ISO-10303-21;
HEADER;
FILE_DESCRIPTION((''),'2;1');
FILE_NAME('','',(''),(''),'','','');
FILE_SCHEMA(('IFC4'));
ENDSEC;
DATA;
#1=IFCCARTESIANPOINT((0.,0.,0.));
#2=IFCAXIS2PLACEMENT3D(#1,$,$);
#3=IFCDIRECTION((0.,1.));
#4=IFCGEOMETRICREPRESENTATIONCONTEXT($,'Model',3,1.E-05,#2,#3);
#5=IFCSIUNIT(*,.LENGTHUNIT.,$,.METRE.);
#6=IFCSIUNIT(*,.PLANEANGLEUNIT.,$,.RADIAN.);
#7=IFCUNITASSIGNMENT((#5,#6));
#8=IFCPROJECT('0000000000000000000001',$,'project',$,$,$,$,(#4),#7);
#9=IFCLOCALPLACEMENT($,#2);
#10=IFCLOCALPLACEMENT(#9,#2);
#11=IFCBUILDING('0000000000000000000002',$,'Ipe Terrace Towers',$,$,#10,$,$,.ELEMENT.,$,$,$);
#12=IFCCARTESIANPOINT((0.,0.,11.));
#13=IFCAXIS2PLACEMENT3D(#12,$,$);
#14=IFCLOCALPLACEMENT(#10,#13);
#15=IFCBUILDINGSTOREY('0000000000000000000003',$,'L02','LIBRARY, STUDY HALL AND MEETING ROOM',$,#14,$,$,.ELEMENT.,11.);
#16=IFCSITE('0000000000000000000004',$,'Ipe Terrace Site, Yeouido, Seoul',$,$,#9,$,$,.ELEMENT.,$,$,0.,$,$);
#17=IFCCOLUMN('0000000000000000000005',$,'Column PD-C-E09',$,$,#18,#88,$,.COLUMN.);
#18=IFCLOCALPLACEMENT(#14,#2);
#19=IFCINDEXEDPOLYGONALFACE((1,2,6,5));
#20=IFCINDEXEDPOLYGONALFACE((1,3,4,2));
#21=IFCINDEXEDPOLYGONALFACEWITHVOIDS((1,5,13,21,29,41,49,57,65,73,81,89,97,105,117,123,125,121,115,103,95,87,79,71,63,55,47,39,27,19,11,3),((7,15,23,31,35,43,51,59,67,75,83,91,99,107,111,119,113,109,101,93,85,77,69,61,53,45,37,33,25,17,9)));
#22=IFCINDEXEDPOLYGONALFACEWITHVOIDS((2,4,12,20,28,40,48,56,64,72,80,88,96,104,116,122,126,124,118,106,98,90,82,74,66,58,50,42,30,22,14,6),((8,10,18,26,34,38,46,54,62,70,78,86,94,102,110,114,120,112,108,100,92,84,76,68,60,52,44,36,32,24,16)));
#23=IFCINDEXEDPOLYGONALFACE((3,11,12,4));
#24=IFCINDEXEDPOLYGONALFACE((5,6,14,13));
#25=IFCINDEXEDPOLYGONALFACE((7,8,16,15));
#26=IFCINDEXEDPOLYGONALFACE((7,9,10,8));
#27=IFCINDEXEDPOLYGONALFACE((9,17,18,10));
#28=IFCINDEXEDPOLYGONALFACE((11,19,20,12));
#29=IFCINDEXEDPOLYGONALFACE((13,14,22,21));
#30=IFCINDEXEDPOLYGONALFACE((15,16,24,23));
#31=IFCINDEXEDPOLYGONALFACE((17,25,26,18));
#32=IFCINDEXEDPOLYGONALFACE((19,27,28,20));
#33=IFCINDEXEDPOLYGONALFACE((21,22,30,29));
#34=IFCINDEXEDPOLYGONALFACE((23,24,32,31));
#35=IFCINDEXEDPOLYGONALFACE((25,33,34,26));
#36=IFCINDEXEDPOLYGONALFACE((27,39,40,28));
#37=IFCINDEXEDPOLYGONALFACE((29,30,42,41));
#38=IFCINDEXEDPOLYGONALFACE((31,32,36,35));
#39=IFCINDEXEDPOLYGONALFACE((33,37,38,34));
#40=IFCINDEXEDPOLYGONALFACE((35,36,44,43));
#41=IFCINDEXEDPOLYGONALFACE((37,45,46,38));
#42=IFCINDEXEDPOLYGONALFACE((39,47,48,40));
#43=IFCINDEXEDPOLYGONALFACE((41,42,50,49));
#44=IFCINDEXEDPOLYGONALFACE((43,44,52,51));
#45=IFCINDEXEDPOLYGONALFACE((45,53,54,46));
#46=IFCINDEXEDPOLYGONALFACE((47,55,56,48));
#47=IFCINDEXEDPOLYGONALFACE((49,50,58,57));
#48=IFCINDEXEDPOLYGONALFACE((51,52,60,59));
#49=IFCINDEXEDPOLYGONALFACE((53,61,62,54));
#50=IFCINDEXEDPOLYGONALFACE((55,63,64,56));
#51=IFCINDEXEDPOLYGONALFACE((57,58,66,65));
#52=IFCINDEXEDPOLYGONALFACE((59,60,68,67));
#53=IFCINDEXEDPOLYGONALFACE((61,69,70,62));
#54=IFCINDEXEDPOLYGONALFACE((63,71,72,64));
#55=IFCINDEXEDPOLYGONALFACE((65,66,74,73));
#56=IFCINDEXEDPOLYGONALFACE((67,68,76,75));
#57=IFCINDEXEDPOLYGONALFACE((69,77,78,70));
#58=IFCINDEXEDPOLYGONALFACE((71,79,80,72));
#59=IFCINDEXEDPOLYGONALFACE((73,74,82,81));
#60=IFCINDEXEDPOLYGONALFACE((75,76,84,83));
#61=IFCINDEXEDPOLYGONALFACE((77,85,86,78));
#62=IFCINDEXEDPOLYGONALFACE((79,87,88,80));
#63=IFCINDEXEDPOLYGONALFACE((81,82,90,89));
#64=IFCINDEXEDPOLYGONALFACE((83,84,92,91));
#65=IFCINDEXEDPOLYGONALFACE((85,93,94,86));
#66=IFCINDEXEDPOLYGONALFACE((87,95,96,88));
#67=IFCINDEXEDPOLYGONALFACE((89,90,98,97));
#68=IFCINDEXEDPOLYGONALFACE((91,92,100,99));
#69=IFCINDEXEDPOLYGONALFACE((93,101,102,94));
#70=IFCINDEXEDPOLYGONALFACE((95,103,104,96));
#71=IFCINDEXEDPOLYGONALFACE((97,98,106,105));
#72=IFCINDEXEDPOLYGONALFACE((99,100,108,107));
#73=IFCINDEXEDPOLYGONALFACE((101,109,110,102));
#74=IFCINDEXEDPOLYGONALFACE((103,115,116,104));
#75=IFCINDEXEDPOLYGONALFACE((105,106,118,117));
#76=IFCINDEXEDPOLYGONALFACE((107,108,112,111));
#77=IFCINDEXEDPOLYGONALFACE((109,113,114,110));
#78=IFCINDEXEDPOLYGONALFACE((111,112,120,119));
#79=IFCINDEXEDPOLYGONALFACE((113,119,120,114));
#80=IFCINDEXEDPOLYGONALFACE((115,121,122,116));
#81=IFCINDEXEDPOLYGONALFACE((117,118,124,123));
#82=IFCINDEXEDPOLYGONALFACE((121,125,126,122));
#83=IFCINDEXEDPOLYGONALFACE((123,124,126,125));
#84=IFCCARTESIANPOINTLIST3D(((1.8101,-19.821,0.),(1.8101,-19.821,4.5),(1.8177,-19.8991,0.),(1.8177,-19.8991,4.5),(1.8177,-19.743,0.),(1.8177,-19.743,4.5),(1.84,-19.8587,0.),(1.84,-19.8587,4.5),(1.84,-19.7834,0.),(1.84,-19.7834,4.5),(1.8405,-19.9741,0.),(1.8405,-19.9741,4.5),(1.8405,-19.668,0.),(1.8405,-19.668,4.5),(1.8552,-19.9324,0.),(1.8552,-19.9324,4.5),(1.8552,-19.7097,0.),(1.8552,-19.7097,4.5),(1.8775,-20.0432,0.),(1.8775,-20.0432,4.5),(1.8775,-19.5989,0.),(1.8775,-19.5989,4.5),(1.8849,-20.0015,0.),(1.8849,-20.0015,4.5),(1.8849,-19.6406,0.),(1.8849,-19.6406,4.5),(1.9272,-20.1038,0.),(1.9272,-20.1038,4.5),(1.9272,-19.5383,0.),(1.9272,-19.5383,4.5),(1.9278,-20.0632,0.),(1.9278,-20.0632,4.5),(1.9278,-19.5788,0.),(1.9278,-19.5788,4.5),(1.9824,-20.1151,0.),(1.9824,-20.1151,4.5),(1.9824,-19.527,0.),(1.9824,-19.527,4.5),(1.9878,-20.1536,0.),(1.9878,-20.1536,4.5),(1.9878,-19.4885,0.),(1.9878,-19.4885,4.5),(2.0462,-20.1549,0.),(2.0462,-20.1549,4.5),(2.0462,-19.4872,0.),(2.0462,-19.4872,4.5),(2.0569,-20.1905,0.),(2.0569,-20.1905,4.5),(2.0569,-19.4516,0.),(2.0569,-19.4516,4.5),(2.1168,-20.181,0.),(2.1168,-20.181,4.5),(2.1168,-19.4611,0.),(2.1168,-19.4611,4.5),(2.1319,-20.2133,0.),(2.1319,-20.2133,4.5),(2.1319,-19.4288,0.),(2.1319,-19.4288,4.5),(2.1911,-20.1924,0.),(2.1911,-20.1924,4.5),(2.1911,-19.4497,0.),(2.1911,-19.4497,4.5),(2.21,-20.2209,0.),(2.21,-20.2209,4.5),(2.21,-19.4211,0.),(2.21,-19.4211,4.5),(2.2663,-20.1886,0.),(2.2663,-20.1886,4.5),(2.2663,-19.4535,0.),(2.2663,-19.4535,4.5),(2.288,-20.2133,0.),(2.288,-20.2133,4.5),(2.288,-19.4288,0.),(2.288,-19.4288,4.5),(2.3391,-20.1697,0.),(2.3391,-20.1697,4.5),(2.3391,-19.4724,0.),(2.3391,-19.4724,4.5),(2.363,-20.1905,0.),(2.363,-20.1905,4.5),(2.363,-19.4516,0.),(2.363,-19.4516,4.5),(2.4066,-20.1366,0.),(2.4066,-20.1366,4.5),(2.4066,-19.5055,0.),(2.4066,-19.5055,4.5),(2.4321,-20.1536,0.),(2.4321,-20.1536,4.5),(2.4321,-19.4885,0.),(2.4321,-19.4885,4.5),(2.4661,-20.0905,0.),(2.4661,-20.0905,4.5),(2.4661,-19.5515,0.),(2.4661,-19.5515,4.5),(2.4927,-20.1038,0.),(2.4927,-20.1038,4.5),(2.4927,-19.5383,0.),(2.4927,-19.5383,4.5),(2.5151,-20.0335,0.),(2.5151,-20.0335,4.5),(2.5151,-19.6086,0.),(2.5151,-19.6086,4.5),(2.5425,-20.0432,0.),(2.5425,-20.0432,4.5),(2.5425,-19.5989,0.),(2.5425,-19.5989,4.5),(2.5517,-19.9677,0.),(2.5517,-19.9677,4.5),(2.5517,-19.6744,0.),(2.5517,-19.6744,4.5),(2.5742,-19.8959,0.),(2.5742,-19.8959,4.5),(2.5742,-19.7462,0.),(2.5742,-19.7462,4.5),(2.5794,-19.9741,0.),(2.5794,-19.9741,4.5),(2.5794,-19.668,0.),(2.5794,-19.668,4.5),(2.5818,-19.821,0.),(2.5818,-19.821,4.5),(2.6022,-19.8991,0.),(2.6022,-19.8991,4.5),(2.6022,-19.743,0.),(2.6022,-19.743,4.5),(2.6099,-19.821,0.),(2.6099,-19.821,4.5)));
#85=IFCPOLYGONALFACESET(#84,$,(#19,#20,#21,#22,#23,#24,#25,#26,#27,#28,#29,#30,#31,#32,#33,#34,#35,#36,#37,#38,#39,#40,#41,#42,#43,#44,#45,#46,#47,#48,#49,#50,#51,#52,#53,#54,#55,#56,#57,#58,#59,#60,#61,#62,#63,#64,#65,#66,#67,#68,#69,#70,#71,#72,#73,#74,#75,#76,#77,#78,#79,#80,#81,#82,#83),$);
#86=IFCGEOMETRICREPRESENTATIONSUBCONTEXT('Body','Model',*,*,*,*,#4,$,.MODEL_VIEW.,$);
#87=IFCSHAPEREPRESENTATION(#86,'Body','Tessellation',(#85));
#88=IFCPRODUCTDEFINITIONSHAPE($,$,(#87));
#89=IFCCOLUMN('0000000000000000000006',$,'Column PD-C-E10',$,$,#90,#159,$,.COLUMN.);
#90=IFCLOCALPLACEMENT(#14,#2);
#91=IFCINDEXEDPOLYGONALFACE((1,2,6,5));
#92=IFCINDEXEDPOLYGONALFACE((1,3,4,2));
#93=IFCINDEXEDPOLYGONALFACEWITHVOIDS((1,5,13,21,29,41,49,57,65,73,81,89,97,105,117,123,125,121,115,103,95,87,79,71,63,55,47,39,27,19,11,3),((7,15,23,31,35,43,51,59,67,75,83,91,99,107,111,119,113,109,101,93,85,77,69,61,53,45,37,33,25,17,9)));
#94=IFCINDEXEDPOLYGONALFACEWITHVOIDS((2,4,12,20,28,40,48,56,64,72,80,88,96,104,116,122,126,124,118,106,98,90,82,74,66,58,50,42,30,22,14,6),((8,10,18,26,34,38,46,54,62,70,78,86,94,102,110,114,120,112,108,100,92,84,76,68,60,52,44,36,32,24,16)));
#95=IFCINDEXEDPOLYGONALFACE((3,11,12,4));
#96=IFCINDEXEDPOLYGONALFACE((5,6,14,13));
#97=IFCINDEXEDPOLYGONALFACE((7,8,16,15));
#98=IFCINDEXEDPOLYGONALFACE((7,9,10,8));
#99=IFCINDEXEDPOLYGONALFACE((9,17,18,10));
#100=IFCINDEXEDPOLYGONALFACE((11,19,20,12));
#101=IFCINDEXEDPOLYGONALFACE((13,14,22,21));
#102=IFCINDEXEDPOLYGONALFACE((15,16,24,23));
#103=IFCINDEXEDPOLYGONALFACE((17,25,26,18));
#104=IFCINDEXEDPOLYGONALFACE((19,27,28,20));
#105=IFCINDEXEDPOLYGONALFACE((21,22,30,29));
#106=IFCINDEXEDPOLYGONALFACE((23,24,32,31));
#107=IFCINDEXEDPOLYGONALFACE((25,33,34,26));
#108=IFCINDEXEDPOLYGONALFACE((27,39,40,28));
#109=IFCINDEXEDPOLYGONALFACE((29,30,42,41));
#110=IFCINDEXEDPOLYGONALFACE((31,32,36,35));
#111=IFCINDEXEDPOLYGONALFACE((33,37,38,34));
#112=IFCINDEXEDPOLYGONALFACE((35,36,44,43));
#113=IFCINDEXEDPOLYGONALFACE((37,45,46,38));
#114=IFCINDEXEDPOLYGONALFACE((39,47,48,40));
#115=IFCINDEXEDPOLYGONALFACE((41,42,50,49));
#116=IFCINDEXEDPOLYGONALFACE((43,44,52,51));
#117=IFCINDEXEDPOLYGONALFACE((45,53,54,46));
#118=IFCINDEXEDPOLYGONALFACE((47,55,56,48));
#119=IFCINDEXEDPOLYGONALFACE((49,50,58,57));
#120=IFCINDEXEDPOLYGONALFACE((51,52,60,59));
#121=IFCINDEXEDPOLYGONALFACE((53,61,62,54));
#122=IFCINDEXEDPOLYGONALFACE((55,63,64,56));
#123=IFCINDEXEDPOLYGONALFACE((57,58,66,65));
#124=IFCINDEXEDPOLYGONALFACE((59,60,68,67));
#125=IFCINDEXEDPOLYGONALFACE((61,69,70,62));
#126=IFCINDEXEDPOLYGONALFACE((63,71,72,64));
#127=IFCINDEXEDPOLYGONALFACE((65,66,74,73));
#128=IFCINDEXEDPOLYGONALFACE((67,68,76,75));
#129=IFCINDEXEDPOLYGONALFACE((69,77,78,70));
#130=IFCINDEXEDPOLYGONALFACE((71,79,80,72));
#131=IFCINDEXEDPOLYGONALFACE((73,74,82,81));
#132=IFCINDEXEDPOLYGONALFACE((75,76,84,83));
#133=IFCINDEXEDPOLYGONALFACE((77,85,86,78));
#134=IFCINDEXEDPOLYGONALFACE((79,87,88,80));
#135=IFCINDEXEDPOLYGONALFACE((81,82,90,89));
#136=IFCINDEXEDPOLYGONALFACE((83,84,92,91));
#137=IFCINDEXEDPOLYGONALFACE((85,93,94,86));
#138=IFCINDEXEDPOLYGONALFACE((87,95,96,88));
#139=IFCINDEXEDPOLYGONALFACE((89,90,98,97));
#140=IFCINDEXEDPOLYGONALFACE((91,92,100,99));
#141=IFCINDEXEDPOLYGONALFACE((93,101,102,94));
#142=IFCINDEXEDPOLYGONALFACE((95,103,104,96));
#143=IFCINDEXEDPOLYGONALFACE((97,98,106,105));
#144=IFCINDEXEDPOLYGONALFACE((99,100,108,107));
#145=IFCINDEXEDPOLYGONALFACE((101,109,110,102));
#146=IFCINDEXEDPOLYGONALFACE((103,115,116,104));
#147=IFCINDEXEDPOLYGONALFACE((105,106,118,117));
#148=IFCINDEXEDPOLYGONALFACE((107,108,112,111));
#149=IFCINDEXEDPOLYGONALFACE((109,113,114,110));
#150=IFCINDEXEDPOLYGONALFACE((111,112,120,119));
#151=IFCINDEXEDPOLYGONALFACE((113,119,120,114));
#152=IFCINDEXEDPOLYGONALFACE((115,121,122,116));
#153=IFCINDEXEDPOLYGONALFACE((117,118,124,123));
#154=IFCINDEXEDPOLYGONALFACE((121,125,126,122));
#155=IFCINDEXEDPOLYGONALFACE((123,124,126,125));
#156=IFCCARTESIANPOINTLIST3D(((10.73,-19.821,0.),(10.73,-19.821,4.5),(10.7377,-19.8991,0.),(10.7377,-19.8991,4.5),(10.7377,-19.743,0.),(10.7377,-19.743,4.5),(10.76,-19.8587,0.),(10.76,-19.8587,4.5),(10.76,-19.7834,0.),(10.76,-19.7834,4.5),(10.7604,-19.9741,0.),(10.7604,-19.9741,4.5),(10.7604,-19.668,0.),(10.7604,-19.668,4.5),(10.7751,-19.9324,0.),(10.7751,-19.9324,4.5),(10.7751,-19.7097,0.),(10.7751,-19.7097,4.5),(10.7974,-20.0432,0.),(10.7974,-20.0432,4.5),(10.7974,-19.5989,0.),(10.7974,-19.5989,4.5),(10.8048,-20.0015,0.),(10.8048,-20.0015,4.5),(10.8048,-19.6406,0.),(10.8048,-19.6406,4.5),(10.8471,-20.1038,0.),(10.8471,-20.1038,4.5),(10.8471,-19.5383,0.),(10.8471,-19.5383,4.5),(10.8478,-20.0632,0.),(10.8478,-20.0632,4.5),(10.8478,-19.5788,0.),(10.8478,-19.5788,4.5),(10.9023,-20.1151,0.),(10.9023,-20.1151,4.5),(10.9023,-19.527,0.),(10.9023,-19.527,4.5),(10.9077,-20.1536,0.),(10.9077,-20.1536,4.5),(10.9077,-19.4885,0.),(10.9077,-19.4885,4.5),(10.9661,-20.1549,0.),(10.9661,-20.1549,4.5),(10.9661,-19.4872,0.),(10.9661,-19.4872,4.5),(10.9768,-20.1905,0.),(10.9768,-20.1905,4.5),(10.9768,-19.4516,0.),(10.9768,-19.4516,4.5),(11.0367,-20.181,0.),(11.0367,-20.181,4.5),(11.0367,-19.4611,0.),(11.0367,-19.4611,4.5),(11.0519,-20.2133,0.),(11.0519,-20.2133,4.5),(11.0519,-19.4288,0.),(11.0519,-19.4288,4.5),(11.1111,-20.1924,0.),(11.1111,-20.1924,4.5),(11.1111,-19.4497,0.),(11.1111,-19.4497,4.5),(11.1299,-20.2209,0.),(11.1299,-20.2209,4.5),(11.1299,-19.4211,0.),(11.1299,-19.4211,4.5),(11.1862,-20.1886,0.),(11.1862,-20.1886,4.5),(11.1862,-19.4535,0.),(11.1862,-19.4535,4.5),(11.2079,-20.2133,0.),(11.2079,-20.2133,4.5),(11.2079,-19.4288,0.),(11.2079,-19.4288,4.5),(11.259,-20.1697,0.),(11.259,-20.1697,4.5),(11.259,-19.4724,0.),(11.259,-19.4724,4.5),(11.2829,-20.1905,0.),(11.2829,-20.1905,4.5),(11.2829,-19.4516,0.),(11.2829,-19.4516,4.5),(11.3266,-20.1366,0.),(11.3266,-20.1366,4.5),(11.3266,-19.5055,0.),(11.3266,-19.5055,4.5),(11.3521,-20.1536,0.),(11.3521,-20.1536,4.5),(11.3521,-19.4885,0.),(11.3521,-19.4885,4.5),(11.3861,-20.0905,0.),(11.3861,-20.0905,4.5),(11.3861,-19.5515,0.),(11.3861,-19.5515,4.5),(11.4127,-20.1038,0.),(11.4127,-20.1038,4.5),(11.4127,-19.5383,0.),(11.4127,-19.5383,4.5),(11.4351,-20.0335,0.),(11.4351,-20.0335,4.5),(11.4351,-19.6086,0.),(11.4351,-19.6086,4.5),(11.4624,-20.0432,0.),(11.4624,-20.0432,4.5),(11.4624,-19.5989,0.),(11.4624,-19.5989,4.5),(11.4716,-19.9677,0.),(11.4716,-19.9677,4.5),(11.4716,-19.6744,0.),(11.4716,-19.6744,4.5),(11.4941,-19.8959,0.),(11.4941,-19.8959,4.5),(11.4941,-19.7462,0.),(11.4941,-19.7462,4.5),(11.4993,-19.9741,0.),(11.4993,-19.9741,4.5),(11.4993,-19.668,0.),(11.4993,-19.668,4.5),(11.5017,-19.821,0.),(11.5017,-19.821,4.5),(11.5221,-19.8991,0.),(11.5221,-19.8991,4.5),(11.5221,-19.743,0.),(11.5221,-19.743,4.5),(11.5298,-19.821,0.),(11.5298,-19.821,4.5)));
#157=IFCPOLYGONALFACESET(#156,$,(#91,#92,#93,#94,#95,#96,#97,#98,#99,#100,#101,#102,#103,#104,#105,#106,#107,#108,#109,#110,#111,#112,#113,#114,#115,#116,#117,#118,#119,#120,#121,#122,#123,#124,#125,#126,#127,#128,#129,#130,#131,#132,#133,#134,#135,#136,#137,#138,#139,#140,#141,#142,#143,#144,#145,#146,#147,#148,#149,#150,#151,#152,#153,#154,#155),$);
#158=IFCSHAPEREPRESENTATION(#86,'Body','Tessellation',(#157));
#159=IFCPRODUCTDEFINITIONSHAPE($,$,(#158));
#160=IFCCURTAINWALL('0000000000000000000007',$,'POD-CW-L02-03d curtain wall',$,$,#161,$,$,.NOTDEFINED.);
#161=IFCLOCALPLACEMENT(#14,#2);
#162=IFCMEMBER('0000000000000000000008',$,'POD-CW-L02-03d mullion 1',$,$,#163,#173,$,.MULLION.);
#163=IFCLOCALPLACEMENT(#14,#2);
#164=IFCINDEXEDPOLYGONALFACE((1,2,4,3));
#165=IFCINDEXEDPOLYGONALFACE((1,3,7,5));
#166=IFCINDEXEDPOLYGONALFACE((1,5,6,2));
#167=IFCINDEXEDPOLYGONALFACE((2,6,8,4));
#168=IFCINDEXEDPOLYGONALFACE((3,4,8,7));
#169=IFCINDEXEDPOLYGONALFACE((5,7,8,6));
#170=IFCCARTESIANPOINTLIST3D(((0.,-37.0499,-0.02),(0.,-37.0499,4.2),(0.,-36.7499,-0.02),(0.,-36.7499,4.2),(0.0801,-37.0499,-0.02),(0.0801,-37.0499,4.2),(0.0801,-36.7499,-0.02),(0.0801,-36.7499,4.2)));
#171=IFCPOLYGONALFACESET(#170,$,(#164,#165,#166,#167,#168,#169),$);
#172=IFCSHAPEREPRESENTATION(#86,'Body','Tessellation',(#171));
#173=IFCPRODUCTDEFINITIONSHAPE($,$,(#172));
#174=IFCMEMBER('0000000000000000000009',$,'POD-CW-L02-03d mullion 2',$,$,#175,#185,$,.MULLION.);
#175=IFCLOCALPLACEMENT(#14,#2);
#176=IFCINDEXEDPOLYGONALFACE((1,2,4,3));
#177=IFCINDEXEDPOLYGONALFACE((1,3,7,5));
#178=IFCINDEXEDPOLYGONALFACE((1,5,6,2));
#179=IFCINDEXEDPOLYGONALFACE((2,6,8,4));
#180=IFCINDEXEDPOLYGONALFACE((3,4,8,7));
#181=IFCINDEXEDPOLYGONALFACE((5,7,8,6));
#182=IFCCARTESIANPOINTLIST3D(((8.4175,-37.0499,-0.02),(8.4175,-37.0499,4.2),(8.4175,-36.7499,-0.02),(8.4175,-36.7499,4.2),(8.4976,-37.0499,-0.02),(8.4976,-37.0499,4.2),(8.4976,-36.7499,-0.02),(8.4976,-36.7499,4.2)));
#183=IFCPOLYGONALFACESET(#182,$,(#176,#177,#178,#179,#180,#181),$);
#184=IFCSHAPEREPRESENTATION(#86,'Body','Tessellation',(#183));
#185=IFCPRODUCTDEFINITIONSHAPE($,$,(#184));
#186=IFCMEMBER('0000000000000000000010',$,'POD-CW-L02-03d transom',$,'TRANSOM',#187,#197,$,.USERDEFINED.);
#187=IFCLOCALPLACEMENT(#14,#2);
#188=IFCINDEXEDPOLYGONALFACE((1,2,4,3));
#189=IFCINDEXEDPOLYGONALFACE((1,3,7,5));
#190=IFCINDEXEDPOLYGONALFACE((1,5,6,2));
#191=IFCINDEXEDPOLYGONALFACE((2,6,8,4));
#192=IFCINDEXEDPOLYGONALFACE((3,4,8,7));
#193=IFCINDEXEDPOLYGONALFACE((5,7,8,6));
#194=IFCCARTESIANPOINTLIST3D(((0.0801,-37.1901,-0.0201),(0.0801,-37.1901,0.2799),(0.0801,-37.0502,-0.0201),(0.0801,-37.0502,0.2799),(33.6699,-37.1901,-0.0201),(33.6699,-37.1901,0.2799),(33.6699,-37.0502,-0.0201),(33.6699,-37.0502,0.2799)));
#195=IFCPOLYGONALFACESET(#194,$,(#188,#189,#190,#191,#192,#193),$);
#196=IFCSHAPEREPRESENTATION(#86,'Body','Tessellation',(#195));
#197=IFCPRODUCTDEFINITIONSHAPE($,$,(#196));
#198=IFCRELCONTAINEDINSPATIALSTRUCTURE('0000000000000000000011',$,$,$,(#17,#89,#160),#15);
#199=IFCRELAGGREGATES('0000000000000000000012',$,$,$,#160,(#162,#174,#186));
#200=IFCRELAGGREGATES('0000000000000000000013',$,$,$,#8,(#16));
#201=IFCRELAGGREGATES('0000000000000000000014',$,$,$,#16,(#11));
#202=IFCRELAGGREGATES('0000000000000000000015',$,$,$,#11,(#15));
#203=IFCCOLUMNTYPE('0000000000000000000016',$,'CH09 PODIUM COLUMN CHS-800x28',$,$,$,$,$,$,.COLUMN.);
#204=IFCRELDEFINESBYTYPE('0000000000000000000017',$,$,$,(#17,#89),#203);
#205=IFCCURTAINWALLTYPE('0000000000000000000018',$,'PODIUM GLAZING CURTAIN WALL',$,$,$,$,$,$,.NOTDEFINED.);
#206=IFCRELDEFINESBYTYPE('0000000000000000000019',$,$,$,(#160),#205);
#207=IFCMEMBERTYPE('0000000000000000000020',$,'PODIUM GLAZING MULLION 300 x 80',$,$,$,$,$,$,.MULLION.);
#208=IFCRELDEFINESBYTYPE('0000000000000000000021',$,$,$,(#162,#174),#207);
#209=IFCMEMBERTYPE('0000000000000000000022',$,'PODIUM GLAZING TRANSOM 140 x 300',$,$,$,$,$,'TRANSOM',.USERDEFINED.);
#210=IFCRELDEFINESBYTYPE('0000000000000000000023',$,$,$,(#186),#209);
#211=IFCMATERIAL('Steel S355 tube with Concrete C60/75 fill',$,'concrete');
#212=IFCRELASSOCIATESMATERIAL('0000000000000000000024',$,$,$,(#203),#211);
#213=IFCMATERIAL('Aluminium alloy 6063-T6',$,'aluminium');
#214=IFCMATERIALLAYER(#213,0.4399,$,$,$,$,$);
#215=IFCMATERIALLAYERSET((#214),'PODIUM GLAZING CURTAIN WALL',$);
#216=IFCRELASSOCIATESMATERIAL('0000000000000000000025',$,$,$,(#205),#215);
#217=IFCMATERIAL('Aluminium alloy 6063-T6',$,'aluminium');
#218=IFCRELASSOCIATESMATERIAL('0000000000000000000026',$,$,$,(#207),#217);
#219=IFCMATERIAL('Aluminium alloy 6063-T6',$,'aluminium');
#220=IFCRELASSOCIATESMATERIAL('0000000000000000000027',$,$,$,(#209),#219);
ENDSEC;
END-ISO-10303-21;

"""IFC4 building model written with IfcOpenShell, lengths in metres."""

from ifc_helpers import new_model, si_unit, direction, frame, origin, origin_2d, place, context, subcontext, project, spatial, rectangle, hollow_circle, extrude, material, layer, layer_set, material_profile, profile_set, type_object, element, aggregate, save


model = new_model("IFC4")

# Units and contexts
model_context = context("Model", 3, precision=1e-05, world=origin(), true_north=direction((0.0, 1.0)))
body_context = subcontext(model_context, "Body", "Model", "MODEL_VIEW")
ifc_project = project(units=[si_unit("LENGTHUNIT", "METRE"), si_unit("PLANEANGLEUNIT", "RADIAN")], contexts=[model_context])

# Site, building, storey
site_placement = place(None, origin())
site = spatial("IfcSite", under=ifc_project, at=site_placement, Name="Ipe Terrace Site, Yeouido, Seoul", CompositionType="ELEMENT", RefElevation=0.0)
building_placement = place(site_placement, origin())
building = spatial("IfcBuilding", under=site, at=building_placement, Name="Ipe Terrace Towers", CompositionType="ELEMENT")
storey_placement = place(building_placement, frame((0.0, 0.0, 11.0)))
storey = spatial("IfcBuildingStorey", under=building, at=storey_placement, Name="L02", Description="LIBRARY, STUDY HALL AND MEETING ROOM", CompositionType="ELEMENT", Elevation=11.0)

# Columns
ifc_material_1 = material(Name="Steel S355 tube with Concrete C60/75 fill", Category="concrete")
ifc_material_profile_1 = material_profile(ifc_material_1, hollow_circle(Radius=0.3999, WallThickness=0.0281, at=origin_2d()), Name="CHS-800x28")
ifc_profile_set_1 = profile_set([ifc_material_profile_1], Name="Steel S355 tube with Concrete C60/75 fill")
column_type = type_object("IfcColumnType", Name="CH09 PODIUM COLUMN CHS-800x28", PredefinedType="COLUMN", material=ifc_profile_set_1)
for number, where, z_axis, x_axis, name in (
    (1, (2.21, -19.821, 0.0), (0.0, 0.0, 1.0), (1.0, 0.0, 0.0), "Column PD-C-E09"),
    (2, (11.1299, -19.821, 0.0), (0.0, 0.0, 1.0), (1.0, 0.0, 0.0), "Column PD-C-E10"),
):
    element("IfcColumn", number, at=place(storey_placement, frame(where, z_axis=z_axis, x_axis=x_axis)), inside=storey, type_object=column_type, Name=name, PredefinedType="COLUMN", context=body_context, shape_type="SweptSolid", body=[
        extrude(hollow_circle(Radius=0.3999, WallThickness=0.0281, at=origin_2d()), origin(), (0.0, 0.0, 1.0), 4.5),
    ])

# Curtain wall, members
ifc_material_2 = material(Name="Aluminium alloy 6063-T6", Category="aluminium")
ifc_layer_1 = layer(ifc_material_2, 0.4399)
ifc_layer_set_1 = layer_set([ifc_layer_1], Name="PODIUM GLAZING CURTAIN WALL")
curtain_wall_type = type_object("IfcCurtainWallType", Name="PODIUM GLAZING CURTAIN WALL", PredefinedType="NOTDEFINED", material=ifc_layer_set_1)
curtain_wall_placement = place(storey_placement, origin())
curtain_wall = element("IfcCurtainWall", 3, at=curtain_wall_placement, inside=storey, type_object=curtain_wall_type, Name="POD-CW-L02-03d curtain wall", PredefinedType="NOTDEFINED")
ifc_material_3 = material(Name="Aluminium alloy 6063-T6", Category="aluminium")
ifc_material_profile_2 = material_profile(ifc_material_3, rectangle(XDim=0.3, YDim=0.0801, at=origin_2d()), Name="PODIUM GLAZING MULLION 300 x 80")
ifc_profile_set_2 = profile_set([ifc_material_profile_2], Name="Aluminium alloy 6063-T6")
member_type_1 = type_object("IfcMemberType", Name="PODIUM GLAZING MULLION 300 x 80", PredefinedType="MULLION", material=ifc_profile_set_2)
member_1_placement = place(storey_placement, frame((0.04, -36.8999, -0.02), z_axis=(0.0, 0.0, 1.0), x_axis=(0.0, -1.0, 0.0)))
member_1 = element("IfcMember", 4, at=member_1_placement, type_object=member_type_1, Name="POD-CW-L02-03d mullion 1", PredefinedType="MULLION", context=body_context, shape_type="SweptSolid", body=[
    extrude(rectangle(XDim=0.3, YDim=0.0801, at=origin_2d()), origin(), (0.0, 0.0, 1.0), 4.22),
])
member_2_placement = place(storey_placement, frame((8.4575, -36.8999, -0.02), z_axis=(0.0, 0.0, 1.0), x_axis=(0.0, -1.0, 0.0)))
member_2 = element("IfcMember", 5, at=member_2_placement, type_object=member_type_1, Name="POD-CW-L02-03d mullion 2", PredefinedType="MULLION", context=body_context, shape_type="SweptSolid", body=[
    extrude(rectangle(XDim=0.3, YDim=0.0801, at=origin_2d()), origin(), (0.0, 0.0, 1.0), 4.22),
])
ifc_material_4 = material(Name="Aluminium alloy 6063-T6", Category="aluminium")
ifc_material_profile_3 = material_profile(ifc_material_4, rectangle(XDim=0.1399, YDim=0.3, at=origin_2d()), Name="PODIUM GLAZING TRANSOM 140 x 300")
ifc_profile_set_3 = profile_set([ifc_material_profile_3], Name="Aluminium alloy 6063-T6")
member_type_2 = type_object("IfcMemberType", Name="PODIUM GLAZING TRANSOM 140 x 300", ElementType="TRANSOM", PredefinedType="USERDEFINED", material=ifc_profile_set_3)
member_3_placement = place(storey_placement, frame((0.0801, -37.1201, 0.1299), z_axis=(1.0, 0.0, 0.0), x_axis=(0.0, -1.0, 0.0)))
member_3 = element("IfcMember", 6, at=member_3_placement, type_object=member_type_2, Name="POD-CW-L02-03d transom", ObjectType="TRANSOM", PredefinedType="USERDEFINED", context=body_context, shape_type="SweptSolid", body=[
    extrude(rectangle(XDim=0.1399, YDim=0.3, at=origin_2d()), origin(), (0.0, 0.0, 1.0), 33.5898),
])
aggregate(curtain_wall, [member_1, member_2, member_3])

save(model, "model.ifc")
